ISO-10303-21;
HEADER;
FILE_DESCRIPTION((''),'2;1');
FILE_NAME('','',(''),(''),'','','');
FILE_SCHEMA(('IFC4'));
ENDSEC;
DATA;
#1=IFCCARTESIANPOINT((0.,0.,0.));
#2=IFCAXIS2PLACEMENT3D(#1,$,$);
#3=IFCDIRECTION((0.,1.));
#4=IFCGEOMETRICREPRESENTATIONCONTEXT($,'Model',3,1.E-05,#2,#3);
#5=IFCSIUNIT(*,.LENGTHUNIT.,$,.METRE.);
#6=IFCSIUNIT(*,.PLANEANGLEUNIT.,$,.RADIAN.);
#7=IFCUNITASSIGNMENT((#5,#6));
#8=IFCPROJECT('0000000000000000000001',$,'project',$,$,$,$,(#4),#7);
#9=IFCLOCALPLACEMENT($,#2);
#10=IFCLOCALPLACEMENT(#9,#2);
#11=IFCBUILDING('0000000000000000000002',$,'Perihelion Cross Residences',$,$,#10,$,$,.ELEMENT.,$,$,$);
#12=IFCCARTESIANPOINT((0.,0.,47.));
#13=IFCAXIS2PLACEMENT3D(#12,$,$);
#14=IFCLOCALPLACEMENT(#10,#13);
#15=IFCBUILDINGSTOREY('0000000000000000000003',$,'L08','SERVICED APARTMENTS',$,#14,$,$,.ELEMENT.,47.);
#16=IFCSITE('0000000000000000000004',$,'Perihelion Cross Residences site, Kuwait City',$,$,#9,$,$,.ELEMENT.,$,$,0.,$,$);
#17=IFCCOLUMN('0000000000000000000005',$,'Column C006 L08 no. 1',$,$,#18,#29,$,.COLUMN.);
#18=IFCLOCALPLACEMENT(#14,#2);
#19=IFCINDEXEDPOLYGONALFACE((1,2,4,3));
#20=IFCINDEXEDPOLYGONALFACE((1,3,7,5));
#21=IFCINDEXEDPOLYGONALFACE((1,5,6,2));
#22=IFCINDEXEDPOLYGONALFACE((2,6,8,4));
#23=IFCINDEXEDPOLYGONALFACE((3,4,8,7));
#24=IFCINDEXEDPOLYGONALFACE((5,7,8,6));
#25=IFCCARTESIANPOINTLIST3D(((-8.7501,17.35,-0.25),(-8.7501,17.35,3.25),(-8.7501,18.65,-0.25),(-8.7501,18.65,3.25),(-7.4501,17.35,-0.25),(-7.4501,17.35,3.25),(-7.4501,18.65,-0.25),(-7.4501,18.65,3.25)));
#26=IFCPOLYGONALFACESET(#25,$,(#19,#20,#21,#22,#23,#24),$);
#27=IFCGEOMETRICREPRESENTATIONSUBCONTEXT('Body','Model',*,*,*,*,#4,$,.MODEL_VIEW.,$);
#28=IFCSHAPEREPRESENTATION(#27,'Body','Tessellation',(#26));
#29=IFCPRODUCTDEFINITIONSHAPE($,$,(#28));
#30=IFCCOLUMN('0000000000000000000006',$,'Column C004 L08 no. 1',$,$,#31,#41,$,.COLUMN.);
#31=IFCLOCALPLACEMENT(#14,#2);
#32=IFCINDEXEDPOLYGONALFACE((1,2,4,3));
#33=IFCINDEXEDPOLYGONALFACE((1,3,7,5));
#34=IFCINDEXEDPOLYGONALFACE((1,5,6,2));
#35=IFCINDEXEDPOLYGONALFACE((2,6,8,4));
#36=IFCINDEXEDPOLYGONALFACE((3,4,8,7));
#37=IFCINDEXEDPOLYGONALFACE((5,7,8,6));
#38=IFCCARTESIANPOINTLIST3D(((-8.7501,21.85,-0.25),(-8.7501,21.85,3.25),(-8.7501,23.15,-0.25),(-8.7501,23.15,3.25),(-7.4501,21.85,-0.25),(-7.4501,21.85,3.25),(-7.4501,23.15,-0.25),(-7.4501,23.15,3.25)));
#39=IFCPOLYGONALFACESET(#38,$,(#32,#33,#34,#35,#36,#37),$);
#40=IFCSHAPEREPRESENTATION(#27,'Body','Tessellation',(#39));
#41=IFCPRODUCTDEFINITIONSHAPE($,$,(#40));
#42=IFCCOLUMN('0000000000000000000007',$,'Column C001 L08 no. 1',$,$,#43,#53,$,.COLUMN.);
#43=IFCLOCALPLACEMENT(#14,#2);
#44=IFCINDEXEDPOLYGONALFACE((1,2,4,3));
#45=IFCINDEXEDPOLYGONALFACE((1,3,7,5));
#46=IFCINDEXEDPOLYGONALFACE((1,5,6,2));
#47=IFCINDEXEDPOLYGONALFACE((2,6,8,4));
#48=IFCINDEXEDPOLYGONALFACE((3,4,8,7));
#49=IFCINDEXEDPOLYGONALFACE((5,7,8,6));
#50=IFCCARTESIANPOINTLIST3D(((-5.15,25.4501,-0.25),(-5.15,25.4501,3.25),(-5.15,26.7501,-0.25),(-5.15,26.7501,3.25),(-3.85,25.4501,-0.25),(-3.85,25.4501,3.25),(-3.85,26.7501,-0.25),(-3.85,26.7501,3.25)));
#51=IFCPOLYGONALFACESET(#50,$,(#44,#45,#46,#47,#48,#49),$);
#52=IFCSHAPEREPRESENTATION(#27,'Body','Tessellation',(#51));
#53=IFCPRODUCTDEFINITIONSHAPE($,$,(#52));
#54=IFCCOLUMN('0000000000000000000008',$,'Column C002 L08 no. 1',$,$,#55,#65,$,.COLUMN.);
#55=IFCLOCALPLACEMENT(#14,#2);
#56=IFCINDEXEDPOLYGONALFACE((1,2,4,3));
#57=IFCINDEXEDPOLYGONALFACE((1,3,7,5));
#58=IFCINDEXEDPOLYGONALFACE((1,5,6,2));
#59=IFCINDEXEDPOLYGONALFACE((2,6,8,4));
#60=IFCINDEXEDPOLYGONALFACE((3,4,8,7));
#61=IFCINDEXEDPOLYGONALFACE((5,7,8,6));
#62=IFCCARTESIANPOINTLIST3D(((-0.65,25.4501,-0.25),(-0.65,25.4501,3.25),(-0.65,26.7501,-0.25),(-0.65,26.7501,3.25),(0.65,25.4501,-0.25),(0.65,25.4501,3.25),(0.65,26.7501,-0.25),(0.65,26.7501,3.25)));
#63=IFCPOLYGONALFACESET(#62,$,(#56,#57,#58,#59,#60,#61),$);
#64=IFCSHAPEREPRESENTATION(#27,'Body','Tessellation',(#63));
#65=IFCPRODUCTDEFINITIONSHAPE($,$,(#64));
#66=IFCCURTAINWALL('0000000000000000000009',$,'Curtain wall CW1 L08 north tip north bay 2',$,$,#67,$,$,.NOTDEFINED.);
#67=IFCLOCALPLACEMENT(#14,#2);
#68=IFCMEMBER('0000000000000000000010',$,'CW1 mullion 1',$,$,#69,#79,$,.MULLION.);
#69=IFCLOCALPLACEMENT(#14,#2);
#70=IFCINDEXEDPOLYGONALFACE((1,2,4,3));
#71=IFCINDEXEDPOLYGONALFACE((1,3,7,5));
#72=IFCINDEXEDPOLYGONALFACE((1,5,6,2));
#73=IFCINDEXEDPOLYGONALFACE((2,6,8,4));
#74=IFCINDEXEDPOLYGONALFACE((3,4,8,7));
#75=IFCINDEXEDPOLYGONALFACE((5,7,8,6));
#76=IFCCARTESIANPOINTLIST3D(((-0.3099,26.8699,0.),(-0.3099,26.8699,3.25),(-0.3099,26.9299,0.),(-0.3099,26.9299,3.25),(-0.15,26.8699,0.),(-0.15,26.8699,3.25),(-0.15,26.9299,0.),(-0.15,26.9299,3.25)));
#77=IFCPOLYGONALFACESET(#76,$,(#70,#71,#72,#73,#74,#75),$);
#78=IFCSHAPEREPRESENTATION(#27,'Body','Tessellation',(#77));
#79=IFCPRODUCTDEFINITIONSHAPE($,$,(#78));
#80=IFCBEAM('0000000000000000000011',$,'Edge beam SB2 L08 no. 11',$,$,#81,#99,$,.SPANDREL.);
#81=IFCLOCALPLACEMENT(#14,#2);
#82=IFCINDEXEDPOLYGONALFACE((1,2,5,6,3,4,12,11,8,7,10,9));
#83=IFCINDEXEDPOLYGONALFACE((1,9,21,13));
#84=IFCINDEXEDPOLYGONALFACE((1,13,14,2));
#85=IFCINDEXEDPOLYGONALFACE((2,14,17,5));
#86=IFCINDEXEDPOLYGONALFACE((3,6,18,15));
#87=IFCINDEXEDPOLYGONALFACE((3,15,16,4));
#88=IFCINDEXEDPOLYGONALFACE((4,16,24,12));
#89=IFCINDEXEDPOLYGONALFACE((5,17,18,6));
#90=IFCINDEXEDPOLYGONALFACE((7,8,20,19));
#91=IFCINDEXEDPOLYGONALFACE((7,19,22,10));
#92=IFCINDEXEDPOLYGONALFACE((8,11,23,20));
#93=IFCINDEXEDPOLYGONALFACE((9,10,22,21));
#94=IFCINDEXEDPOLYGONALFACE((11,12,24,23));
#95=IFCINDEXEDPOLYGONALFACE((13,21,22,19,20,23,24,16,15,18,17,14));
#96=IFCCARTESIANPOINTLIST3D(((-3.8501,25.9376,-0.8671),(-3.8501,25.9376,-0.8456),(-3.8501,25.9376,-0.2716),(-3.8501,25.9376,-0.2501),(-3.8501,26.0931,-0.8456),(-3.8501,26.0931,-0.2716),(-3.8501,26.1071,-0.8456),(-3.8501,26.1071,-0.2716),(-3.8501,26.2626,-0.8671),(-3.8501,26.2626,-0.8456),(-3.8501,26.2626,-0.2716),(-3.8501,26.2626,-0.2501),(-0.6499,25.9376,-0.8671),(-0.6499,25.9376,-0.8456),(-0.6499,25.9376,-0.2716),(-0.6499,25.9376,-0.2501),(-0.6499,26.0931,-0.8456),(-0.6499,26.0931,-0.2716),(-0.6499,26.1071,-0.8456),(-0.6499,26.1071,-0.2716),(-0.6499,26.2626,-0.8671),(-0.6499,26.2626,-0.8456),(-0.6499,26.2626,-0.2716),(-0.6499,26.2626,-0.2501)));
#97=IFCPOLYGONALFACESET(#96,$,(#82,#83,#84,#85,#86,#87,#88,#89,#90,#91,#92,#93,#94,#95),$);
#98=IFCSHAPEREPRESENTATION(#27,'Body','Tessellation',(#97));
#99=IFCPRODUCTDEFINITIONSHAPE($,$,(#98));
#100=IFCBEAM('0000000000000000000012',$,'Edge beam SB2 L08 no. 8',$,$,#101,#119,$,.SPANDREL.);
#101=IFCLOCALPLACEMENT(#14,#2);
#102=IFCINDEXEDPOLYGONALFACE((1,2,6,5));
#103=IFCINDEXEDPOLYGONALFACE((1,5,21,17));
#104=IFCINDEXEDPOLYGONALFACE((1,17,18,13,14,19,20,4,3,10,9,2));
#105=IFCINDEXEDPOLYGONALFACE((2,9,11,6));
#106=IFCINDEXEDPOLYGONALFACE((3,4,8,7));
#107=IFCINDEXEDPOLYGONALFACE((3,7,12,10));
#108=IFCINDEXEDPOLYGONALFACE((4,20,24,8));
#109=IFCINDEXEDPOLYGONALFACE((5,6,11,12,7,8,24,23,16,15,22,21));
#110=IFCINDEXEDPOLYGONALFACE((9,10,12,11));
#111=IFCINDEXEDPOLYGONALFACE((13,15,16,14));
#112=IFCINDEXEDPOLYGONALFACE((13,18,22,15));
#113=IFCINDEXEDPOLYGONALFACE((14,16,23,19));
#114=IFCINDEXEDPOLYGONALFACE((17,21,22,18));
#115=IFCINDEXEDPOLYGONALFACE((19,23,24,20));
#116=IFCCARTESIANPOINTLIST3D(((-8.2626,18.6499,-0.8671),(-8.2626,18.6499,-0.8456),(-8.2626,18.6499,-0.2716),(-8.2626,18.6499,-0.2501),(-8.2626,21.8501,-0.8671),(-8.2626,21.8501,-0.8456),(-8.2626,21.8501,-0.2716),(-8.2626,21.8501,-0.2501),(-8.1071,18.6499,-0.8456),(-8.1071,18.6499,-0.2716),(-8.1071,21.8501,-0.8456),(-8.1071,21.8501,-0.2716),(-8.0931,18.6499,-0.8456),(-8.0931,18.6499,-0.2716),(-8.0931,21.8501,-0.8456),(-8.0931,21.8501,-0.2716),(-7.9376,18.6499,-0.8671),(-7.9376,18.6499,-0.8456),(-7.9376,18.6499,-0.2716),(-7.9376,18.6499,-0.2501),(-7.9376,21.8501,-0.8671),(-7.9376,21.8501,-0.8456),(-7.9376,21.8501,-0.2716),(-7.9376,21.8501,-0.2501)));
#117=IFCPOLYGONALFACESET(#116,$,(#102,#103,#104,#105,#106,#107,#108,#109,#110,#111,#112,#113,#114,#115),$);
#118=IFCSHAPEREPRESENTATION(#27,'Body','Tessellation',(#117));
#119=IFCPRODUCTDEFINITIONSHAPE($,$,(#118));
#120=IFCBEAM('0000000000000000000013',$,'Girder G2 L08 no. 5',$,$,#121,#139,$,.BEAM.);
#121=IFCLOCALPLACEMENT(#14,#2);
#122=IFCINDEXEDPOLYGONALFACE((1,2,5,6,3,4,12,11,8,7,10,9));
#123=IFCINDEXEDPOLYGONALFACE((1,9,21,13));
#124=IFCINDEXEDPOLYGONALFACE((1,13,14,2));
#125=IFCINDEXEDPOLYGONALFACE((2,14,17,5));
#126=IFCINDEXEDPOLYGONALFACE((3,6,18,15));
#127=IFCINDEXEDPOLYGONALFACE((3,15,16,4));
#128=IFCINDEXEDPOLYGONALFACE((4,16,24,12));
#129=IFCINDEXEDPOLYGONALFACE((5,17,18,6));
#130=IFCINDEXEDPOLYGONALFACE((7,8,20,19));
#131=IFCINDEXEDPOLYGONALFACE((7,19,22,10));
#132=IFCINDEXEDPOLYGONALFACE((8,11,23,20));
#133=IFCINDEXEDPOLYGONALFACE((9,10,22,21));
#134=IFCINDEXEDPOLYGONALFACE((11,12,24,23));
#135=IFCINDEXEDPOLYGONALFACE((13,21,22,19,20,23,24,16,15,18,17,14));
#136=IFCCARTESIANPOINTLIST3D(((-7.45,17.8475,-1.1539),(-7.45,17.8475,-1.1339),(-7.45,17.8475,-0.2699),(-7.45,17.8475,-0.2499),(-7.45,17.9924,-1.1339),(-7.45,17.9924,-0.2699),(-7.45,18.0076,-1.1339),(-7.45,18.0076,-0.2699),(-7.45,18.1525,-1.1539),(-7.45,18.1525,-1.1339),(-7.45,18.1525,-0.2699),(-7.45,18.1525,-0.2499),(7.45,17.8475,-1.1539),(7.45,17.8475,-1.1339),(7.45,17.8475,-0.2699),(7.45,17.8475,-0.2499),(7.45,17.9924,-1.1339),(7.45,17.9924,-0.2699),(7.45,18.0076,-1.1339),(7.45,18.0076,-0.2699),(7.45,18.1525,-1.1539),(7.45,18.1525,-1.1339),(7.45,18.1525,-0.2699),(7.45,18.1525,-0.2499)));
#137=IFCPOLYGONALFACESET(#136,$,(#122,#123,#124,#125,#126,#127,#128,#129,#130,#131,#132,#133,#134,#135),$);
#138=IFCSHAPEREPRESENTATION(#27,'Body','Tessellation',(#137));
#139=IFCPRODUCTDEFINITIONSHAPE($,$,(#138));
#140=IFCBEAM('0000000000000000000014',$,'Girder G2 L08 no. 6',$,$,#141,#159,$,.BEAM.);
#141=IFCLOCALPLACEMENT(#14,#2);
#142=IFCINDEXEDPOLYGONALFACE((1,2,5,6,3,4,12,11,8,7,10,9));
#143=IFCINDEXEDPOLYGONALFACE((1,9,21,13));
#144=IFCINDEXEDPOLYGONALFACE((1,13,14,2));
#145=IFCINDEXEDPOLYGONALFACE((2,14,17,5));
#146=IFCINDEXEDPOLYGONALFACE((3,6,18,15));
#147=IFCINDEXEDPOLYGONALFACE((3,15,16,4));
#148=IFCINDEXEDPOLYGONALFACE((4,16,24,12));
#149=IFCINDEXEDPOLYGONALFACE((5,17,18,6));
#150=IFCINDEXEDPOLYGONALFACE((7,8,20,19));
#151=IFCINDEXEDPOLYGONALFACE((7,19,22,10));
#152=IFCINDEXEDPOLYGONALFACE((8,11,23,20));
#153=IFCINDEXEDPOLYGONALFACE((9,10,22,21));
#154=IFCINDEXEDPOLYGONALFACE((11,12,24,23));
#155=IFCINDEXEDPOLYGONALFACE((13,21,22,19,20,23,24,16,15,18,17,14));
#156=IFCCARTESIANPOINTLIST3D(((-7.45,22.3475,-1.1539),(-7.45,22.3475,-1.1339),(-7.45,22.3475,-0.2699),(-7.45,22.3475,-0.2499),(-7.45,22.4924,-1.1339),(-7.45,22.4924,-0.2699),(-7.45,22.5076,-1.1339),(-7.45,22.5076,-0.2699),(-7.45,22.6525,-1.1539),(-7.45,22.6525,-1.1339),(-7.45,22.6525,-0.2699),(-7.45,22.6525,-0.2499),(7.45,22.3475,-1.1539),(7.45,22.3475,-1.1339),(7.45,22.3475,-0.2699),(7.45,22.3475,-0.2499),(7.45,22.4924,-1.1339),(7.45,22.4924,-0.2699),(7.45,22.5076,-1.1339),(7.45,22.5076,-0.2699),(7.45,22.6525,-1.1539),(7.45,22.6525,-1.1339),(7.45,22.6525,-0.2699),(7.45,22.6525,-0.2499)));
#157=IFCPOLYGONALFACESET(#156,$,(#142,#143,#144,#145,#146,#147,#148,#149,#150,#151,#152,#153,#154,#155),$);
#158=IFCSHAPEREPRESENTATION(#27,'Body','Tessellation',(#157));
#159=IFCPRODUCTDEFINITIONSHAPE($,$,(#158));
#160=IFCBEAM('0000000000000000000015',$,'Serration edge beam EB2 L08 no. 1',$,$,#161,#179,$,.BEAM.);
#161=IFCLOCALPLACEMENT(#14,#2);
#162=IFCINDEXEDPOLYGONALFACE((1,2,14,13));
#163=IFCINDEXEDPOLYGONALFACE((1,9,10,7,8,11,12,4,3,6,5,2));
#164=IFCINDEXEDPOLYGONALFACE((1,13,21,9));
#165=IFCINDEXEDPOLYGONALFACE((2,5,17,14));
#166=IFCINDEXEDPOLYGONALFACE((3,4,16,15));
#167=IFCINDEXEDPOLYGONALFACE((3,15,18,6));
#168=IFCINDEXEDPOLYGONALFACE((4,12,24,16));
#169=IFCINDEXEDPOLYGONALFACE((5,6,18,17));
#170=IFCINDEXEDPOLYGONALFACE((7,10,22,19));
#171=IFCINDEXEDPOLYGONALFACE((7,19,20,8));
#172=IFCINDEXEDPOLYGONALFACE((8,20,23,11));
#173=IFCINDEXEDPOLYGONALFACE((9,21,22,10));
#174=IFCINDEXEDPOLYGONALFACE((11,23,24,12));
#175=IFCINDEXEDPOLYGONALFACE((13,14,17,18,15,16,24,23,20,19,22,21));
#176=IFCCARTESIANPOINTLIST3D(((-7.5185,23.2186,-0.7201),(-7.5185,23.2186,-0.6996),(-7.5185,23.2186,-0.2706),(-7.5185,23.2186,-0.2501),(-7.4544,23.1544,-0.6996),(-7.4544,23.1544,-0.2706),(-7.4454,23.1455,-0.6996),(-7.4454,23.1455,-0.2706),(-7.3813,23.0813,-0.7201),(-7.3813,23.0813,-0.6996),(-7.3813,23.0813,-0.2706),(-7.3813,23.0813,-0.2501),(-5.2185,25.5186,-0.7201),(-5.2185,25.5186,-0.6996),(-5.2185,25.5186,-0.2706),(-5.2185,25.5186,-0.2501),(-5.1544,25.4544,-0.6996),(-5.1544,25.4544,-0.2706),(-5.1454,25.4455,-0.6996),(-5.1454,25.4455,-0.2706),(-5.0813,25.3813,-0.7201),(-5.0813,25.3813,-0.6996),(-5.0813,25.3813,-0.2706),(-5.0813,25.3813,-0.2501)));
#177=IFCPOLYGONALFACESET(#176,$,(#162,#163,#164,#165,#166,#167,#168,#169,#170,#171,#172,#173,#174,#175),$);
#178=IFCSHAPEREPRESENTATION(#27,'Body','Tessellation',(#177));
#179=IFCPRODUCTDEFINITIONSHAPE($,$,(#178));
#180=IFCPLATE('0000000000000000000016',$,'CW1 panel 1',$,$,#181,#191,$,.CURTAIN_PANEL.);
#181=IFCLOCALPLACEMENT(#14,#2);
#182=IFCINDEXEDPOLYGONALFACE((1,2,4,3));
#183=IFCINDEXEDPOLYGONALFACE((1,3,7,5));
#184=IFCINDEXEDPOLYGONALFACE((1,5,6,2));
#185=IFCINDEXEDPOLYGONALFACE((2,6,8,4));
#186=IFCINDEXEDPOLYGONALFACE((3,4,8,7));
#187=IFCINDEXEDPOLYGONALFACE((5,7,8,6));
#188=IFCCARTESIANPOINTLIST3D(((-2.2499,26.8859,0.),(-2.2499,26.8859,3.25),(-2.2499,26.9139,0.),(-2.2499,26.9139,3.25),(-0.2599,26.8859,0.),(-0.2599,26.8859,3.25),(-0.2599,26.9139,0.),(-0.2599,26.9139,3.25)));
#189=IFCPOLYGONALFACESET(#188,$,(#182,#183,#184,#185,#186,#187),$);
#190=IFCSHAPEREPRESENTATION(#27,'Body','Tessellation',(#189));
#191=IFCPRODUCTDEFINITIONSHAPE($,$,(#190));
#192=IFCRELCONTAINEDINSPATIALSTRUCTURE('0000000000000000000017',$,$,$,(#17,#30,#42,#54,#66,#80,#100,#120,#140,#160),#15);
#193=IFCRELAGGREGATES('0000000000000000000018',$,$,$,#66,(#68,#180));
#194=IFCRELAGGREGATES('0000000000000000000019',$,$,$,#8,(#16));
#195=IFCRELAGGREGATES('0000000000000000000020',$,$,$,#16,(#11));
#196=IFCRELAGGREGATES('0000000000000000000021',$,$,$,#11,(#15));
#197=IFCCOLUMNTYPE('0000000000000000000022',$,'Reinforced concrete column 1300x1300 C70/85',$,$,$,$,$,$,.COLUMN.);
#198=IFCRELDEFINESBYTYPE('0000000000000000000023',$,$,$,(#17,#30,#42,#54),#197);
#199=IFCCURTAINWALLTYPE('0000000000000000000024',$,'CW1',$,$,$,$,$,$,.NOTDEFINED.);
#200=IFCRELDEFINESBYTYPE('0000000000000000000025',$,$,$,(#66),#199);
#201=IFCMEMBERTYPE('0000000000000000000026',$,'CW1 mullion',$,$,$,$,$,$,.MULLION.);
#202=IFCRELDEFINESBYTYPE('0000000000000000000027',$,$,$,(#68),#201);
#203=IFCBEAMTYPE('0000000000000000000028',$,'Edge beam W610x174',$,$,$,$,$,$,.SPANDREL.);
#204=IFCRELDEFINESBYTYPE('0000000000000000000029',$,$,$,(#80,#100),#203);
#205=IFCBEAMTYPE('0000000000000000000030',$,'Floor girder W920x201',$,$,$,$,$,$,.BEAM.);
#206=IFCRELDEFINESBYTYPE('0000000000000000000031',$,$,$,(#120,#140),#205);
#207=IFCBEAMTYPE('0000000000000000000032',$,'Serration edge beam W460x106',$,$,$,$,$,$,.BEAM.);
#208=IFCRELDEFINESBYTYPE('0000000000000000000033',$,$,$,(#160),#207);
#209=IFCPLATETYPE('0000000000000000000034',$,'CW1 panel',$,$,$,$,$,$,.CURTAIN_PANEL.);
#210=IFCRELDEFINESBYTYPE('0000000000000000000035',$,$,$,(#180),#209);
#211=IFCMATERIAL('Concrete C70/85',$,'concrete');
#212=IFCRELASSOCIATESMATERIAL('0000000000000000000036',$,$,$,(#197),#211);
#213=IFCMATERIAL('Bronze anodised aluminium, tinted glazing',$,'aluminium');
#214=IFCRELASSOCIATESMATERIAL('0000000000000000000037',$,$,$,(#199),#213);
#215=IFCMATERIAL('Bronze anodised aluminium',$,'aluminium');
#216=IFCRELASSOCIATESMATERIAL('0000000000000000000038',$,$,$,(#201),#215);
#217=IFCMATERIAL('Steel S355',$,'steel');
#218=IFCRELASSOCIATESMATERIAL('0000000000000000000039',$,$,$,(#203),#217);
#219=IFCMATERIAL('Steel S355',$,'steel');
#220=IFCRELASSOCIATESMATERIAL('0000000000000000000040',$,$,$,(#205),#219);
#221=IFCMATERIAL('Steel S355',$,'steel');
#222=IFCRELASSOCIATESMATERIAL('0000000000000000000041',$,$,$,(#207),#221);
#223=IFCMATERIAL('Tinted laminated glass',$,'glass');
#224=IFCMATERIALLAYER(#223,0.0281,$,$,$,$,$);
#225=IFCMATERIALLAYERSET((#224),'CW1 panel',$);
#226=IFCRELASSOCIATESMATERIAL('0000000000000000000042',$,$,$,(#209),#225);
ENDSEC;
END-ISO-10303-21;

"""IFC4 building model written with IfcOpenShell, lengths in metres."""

from ifc_helpers import new_model, si_unit, direction, frame, origin, origin_2d, place, context, subcontext, project, spatial, rectangle, i_section, extrude, material, layer, layer_set, material_profile, profile_set, type_object, element, aggregate, save


model = new_model("IFC4")

# Units and contexts
model_context = context("Model", 3, precision=1e-05, world=origin(), true_north=direction((0.0, 1.0)))
body_context = subcontext(model_context, "Body", "Model", "MODEL_VIEW")
ifc_project = project(units=[si_unit("LENGTHUNIT", "METRE"), si_unit("PLANEANGLEUNIT", "RADIAN")], contexts=[model_context])

# Site, building, storey
site_placement = place(None, origin())
site = spatial("IfcSite", under=ifc_project, at=site_placement, Name="Perihelion Cross Residences site, Kuwait City", CompositionType="ELEMENT", RefElevation=0.0)
building_placement = place(site_placement, origin())
building = spatial("IfcBuilding", under=site, at=building_placement, Name="Perihelion Cross Residences", CompositionType="ELEMENT")
storey_placement = place(building_placement, frame((0.0, 0.0, 47.0)))
storey = spatial("IfcBuildingStorey", under=building, at=storey_placement, Name="L08", Description="SERVICED APARTMENTS", CompositionType="ELEMENT", Elevation=47.0)

# Columns
ifc_material_1 = material(Name="Concrete C70/85", Category="concrete")
ifc_material_profile_1 = material_profile(ifc_material_1, rectangle(XDim=1.3, YDim=1.3, at=origin_2d()), Name="RC 1300x1300")
ifc_profile_set_1 = profile_set([ifc_material_profile_1], Name="Concrete C70/85")
column_type = type_object("IfcColumnType", Name="Reinforced concrete column 1300x1300 C70/85", PredefinedType="COLUMN", material=ifc_profile_set_1)
for number, where, z_axis, x_axis, name in (
    (1, (-8.1001, 18.0, -0.25), (0.0, 0.0, 1.0), (1.0, 0.0, 0.0), "Column C006 L08 no. 1"),
    (2, (-8.1001, 22.5, -0.25), (0.0, 0.0, 1.0), (1.0, 0.0, 0.0), "Column C004 L08 no. 1"),
    (3, (-4.5, 26.1001, -0.25), (0.0, 0.0, 1.0), (1.0, 0.0, 0.0), "Column C001 L08 no. 1"),
    (4, (0.0, 26.1001, -0.25), (0.0, 0.0, 1.0), (1.0, 0.0, 0.0), "Column C002 L08 no. 1"),
):
    element("IfcColumn", number, at=place(storey_placement, frame(where, z_axis=z_axis, x_axis=x_axis)), inside=storey, type_object=column_type, Name=name, PredefinedType="COLUMN", context=body_context, shape_type="SweptSolid", body=[
        extrude(rectangle(XDim=1.3, YDim=1.3, at=origin_2d()), origin(), (0.0, 0.0, 1.0), 3.5),
    ])

# Curtain wall, member
ifc_material_2 = material(Name="Bronze anodised aluminium, tinted glazing", Category="aluminium")
curtain_wall_type = type_object("IfcCurtainWallType", Name="CW1", PredefinedType="NOTDEFINED", material=ifc_material_2)
curtain_wall_placement = place(storey_placement, origin())
curtain_wall = element("IfcCurtainWall", 5, at=curtain_wall_placement, inside=storey, type_object=curtain_wall_type, Name="Curtain wall CW1 L08 north tip north bay 2", PredefinedType="NOTDEFINED")
ifc_material_3 = material(Name="Bronze anodised aluminium", Category="aluminium")
ifc_material_profile_2 = material_profile(ifc_material_3, rectangle(XDim=0.0601, YDim=0.1599, at=origin_2d()), Name="CW1 mullion")
ifc_profile_set_2 = profile_set([ifc_material_profile_2], Name="Bronze anodised aluminium")
member_type = type_object("IfcMemberType", Name="CW1 mullion", PredefinedType="MULLION", material=ifc_profile_set_2)
member_placement = place(storey_placement, frame((-0.23, 26.8999, 0.0), z_axis=(0.0, 0.0, 1.0), x_axis=(0.0, -1.0, 0.0)))
member = element("IfcMember", 6, at=member_placement, type_object=member_type, Name="CW1 mullion 1", PredefinedType="MULLION", context=body_context, shape_type="SweptSolid", body=[
    extrude(rectangle(XDim=0.0601, YDim=0.1599, at=origin_2d()), origin(), (0.0, 0.0, 1.0), 3.25),
])

# Beams
ifc_material_4 = material(Name="Steel S355", Category="steel")
ifc_material_profile_3 = material_profile(ifc_material_4, i_section(OverallWidth=0.325, OverallDepth=0.6169, WebThickness=0.0139, FlangeThickness=0.0215, at=origin_2d()), Name="W610x174")
ifc_profile_set_3 = profile_set([ifc_material_profile_3], Name="Steel S355")
beam_type_1 = type_object("IfcBeamType", Name="Edge beam W610x174", PredefinedType="SPANDREL", material=ifc_profile_set_3)
for number, where, z_axis, x_axis, name in (
    (7, (-0.6499, 26.1001, -0.5586), (-1.0, 0.0, 0.0), (0.0, -1.0, 0.0), "Edge beam SB2 L08 no. 11"),
    (8, (-8.1001, 21.8501, -0.5586), (0.0, -1.0, 0.0), (1.0, 0.0, 0.0), "Edge beam SB2 L08 no. 8"),
):
    element("IfcBeam", number, at=place(storey_placement, frame(where, z_axis=z_axis, x_axis=x_axis)), inside=storey, type_object=beam_type_1, Name=name, PredefinedType="SPANDREL", context=body_context, shape_type="SweptSolid", body=[
        extrude(i_section(OverallWidth=0.325, OverallDepth=0.6169, WebThickness=0.0139, FlangeThickness=0.0215, at=origin_2d()), origin(), (0.0, 0.0, 1.0), 3.2002),
    ])
ifc_material_5 = material(Name="Steel S355", Category="steel")
ifc_material_profile_4 = material_profile(ifc_material_5, i_section(OverallWidth=0.3049, OverallDepth=0.9041, WebThickness=0.0151, FlangeThickness=0.02, at=origin_2d()), Name="W920x201")
ifc_profile_set_4 = profile_set([ifc_material_profile_4], Name="Steel S355")
beam_type_2 = type_object("IfcBeamType", Name="Floor girder W920x201", PredefinedType="BEAM", material=ifc_profile_set_4)
for number, where, z_axis, x_axis, name in (
    (9, (-7.45, 18.0, -0.7019), (1.0, 0.0, 0.0), (0.0, 1.0, 0.0), "Girder G2 L08 no. 5"),
    (10, (-7.45, 22.5, -0.7019), (1.0, 0.0, 0.0), (0.0, 1.0, 0.0), "Girder G2 L08 no. 6"),
):
    element("IfcBeam", number, at=place(storey_placement, frame(where, z_axis=z_axis, x_axis=x_axis)), inside=storey, type_object=beam_type_2, Name=name, PredefinedType="BEAM", context=body_context, shape_type="SweptSolid", body=[
        extrude(i_section(OverallWidth=0.3049, OverallDepth=0.9041, WebThickness=0.0151, FlangeThickness=0.02, at=origin_2d()), origin(), (0.0, 0.0, 1.0), 14.8999),
    ])
ifc_material_6 = material(Name="Steel S355", Category="steel")
ifc_material_profile_5 = material_profile(ifc_material_6, i_section(OverallWidth=0.1941, OverallDepth=0.47, WebThickness=0.0127, FlangeThickness=0.0205, at=origin_2d()), Name="W460x106")
ifc_profile_set_5 = profile_set([ifc_material_profile_5], Name="Steel S355")
beam_type_3 = type_object("IfcBeamType", Name="Serration edge beam W460x106", PredefinedType="BEAM", material=ifc_profile_set_5)
beam_placement = place(storey_placement, frame((-5.1499, 25.45, -0.4851), z_axis=(-0.707107, -0.707107, 0.0), x_axis=(0.707107, -0.707107, 0.0)))
element("IfcBeam", 11, at=beam_placement, inside=storey, type_object=beam_type_3, Name="Serration edge beam EB2 L08 no. 1", PredefinedType="BEAM", context=body_context, shape_type="SweptSolid", body=[
    extrude(i_section(OverallWidth=0.1941, OverallDepth=0.47, WebThickness=0.0127, FlangeThickness=0.0205, at=origin_2d()), origin(), (0.0, 0.0, 1.0), 3.2527),
])

# Plate
ifc_material_7 = material(Name="Tinted laminated glass", Category="glass")
ifc_layer_1 = layer(ifc_material_7, 0.0281)
ifc_layer_set_1 = layer_set([ifc_layer_1], Name="CW1 panel")
plate_type = type_object("IfcPlateType", Name="CW1 panel", PredefinedType="CURTAIN_PANEL", material=ifc_layer_set_1)
plate_placement = place(storey_placement, frame((-1.2549, 26.8999, 0.0), z_axis=(0.0, 0.0, 1.0), x_axis=(-1.0, 0.0, 0.0)))
plate = element("IfcPlate", 12, at=plate_placement, type_object=plate_type, Name="CW1 panel 1", PredefinedType="CURTAIN_PANEL", context=body_context, shape_type="SweptSolid", body=[
    extrude(rectangle(XDim=1.99, YDim=0.0281, at=origin_2d()), origin(), (0.0, 0.0, 1.0), 3.25),
])
aggregate(curtain_wall, [member, plate])

save(model, "model.ifc")
